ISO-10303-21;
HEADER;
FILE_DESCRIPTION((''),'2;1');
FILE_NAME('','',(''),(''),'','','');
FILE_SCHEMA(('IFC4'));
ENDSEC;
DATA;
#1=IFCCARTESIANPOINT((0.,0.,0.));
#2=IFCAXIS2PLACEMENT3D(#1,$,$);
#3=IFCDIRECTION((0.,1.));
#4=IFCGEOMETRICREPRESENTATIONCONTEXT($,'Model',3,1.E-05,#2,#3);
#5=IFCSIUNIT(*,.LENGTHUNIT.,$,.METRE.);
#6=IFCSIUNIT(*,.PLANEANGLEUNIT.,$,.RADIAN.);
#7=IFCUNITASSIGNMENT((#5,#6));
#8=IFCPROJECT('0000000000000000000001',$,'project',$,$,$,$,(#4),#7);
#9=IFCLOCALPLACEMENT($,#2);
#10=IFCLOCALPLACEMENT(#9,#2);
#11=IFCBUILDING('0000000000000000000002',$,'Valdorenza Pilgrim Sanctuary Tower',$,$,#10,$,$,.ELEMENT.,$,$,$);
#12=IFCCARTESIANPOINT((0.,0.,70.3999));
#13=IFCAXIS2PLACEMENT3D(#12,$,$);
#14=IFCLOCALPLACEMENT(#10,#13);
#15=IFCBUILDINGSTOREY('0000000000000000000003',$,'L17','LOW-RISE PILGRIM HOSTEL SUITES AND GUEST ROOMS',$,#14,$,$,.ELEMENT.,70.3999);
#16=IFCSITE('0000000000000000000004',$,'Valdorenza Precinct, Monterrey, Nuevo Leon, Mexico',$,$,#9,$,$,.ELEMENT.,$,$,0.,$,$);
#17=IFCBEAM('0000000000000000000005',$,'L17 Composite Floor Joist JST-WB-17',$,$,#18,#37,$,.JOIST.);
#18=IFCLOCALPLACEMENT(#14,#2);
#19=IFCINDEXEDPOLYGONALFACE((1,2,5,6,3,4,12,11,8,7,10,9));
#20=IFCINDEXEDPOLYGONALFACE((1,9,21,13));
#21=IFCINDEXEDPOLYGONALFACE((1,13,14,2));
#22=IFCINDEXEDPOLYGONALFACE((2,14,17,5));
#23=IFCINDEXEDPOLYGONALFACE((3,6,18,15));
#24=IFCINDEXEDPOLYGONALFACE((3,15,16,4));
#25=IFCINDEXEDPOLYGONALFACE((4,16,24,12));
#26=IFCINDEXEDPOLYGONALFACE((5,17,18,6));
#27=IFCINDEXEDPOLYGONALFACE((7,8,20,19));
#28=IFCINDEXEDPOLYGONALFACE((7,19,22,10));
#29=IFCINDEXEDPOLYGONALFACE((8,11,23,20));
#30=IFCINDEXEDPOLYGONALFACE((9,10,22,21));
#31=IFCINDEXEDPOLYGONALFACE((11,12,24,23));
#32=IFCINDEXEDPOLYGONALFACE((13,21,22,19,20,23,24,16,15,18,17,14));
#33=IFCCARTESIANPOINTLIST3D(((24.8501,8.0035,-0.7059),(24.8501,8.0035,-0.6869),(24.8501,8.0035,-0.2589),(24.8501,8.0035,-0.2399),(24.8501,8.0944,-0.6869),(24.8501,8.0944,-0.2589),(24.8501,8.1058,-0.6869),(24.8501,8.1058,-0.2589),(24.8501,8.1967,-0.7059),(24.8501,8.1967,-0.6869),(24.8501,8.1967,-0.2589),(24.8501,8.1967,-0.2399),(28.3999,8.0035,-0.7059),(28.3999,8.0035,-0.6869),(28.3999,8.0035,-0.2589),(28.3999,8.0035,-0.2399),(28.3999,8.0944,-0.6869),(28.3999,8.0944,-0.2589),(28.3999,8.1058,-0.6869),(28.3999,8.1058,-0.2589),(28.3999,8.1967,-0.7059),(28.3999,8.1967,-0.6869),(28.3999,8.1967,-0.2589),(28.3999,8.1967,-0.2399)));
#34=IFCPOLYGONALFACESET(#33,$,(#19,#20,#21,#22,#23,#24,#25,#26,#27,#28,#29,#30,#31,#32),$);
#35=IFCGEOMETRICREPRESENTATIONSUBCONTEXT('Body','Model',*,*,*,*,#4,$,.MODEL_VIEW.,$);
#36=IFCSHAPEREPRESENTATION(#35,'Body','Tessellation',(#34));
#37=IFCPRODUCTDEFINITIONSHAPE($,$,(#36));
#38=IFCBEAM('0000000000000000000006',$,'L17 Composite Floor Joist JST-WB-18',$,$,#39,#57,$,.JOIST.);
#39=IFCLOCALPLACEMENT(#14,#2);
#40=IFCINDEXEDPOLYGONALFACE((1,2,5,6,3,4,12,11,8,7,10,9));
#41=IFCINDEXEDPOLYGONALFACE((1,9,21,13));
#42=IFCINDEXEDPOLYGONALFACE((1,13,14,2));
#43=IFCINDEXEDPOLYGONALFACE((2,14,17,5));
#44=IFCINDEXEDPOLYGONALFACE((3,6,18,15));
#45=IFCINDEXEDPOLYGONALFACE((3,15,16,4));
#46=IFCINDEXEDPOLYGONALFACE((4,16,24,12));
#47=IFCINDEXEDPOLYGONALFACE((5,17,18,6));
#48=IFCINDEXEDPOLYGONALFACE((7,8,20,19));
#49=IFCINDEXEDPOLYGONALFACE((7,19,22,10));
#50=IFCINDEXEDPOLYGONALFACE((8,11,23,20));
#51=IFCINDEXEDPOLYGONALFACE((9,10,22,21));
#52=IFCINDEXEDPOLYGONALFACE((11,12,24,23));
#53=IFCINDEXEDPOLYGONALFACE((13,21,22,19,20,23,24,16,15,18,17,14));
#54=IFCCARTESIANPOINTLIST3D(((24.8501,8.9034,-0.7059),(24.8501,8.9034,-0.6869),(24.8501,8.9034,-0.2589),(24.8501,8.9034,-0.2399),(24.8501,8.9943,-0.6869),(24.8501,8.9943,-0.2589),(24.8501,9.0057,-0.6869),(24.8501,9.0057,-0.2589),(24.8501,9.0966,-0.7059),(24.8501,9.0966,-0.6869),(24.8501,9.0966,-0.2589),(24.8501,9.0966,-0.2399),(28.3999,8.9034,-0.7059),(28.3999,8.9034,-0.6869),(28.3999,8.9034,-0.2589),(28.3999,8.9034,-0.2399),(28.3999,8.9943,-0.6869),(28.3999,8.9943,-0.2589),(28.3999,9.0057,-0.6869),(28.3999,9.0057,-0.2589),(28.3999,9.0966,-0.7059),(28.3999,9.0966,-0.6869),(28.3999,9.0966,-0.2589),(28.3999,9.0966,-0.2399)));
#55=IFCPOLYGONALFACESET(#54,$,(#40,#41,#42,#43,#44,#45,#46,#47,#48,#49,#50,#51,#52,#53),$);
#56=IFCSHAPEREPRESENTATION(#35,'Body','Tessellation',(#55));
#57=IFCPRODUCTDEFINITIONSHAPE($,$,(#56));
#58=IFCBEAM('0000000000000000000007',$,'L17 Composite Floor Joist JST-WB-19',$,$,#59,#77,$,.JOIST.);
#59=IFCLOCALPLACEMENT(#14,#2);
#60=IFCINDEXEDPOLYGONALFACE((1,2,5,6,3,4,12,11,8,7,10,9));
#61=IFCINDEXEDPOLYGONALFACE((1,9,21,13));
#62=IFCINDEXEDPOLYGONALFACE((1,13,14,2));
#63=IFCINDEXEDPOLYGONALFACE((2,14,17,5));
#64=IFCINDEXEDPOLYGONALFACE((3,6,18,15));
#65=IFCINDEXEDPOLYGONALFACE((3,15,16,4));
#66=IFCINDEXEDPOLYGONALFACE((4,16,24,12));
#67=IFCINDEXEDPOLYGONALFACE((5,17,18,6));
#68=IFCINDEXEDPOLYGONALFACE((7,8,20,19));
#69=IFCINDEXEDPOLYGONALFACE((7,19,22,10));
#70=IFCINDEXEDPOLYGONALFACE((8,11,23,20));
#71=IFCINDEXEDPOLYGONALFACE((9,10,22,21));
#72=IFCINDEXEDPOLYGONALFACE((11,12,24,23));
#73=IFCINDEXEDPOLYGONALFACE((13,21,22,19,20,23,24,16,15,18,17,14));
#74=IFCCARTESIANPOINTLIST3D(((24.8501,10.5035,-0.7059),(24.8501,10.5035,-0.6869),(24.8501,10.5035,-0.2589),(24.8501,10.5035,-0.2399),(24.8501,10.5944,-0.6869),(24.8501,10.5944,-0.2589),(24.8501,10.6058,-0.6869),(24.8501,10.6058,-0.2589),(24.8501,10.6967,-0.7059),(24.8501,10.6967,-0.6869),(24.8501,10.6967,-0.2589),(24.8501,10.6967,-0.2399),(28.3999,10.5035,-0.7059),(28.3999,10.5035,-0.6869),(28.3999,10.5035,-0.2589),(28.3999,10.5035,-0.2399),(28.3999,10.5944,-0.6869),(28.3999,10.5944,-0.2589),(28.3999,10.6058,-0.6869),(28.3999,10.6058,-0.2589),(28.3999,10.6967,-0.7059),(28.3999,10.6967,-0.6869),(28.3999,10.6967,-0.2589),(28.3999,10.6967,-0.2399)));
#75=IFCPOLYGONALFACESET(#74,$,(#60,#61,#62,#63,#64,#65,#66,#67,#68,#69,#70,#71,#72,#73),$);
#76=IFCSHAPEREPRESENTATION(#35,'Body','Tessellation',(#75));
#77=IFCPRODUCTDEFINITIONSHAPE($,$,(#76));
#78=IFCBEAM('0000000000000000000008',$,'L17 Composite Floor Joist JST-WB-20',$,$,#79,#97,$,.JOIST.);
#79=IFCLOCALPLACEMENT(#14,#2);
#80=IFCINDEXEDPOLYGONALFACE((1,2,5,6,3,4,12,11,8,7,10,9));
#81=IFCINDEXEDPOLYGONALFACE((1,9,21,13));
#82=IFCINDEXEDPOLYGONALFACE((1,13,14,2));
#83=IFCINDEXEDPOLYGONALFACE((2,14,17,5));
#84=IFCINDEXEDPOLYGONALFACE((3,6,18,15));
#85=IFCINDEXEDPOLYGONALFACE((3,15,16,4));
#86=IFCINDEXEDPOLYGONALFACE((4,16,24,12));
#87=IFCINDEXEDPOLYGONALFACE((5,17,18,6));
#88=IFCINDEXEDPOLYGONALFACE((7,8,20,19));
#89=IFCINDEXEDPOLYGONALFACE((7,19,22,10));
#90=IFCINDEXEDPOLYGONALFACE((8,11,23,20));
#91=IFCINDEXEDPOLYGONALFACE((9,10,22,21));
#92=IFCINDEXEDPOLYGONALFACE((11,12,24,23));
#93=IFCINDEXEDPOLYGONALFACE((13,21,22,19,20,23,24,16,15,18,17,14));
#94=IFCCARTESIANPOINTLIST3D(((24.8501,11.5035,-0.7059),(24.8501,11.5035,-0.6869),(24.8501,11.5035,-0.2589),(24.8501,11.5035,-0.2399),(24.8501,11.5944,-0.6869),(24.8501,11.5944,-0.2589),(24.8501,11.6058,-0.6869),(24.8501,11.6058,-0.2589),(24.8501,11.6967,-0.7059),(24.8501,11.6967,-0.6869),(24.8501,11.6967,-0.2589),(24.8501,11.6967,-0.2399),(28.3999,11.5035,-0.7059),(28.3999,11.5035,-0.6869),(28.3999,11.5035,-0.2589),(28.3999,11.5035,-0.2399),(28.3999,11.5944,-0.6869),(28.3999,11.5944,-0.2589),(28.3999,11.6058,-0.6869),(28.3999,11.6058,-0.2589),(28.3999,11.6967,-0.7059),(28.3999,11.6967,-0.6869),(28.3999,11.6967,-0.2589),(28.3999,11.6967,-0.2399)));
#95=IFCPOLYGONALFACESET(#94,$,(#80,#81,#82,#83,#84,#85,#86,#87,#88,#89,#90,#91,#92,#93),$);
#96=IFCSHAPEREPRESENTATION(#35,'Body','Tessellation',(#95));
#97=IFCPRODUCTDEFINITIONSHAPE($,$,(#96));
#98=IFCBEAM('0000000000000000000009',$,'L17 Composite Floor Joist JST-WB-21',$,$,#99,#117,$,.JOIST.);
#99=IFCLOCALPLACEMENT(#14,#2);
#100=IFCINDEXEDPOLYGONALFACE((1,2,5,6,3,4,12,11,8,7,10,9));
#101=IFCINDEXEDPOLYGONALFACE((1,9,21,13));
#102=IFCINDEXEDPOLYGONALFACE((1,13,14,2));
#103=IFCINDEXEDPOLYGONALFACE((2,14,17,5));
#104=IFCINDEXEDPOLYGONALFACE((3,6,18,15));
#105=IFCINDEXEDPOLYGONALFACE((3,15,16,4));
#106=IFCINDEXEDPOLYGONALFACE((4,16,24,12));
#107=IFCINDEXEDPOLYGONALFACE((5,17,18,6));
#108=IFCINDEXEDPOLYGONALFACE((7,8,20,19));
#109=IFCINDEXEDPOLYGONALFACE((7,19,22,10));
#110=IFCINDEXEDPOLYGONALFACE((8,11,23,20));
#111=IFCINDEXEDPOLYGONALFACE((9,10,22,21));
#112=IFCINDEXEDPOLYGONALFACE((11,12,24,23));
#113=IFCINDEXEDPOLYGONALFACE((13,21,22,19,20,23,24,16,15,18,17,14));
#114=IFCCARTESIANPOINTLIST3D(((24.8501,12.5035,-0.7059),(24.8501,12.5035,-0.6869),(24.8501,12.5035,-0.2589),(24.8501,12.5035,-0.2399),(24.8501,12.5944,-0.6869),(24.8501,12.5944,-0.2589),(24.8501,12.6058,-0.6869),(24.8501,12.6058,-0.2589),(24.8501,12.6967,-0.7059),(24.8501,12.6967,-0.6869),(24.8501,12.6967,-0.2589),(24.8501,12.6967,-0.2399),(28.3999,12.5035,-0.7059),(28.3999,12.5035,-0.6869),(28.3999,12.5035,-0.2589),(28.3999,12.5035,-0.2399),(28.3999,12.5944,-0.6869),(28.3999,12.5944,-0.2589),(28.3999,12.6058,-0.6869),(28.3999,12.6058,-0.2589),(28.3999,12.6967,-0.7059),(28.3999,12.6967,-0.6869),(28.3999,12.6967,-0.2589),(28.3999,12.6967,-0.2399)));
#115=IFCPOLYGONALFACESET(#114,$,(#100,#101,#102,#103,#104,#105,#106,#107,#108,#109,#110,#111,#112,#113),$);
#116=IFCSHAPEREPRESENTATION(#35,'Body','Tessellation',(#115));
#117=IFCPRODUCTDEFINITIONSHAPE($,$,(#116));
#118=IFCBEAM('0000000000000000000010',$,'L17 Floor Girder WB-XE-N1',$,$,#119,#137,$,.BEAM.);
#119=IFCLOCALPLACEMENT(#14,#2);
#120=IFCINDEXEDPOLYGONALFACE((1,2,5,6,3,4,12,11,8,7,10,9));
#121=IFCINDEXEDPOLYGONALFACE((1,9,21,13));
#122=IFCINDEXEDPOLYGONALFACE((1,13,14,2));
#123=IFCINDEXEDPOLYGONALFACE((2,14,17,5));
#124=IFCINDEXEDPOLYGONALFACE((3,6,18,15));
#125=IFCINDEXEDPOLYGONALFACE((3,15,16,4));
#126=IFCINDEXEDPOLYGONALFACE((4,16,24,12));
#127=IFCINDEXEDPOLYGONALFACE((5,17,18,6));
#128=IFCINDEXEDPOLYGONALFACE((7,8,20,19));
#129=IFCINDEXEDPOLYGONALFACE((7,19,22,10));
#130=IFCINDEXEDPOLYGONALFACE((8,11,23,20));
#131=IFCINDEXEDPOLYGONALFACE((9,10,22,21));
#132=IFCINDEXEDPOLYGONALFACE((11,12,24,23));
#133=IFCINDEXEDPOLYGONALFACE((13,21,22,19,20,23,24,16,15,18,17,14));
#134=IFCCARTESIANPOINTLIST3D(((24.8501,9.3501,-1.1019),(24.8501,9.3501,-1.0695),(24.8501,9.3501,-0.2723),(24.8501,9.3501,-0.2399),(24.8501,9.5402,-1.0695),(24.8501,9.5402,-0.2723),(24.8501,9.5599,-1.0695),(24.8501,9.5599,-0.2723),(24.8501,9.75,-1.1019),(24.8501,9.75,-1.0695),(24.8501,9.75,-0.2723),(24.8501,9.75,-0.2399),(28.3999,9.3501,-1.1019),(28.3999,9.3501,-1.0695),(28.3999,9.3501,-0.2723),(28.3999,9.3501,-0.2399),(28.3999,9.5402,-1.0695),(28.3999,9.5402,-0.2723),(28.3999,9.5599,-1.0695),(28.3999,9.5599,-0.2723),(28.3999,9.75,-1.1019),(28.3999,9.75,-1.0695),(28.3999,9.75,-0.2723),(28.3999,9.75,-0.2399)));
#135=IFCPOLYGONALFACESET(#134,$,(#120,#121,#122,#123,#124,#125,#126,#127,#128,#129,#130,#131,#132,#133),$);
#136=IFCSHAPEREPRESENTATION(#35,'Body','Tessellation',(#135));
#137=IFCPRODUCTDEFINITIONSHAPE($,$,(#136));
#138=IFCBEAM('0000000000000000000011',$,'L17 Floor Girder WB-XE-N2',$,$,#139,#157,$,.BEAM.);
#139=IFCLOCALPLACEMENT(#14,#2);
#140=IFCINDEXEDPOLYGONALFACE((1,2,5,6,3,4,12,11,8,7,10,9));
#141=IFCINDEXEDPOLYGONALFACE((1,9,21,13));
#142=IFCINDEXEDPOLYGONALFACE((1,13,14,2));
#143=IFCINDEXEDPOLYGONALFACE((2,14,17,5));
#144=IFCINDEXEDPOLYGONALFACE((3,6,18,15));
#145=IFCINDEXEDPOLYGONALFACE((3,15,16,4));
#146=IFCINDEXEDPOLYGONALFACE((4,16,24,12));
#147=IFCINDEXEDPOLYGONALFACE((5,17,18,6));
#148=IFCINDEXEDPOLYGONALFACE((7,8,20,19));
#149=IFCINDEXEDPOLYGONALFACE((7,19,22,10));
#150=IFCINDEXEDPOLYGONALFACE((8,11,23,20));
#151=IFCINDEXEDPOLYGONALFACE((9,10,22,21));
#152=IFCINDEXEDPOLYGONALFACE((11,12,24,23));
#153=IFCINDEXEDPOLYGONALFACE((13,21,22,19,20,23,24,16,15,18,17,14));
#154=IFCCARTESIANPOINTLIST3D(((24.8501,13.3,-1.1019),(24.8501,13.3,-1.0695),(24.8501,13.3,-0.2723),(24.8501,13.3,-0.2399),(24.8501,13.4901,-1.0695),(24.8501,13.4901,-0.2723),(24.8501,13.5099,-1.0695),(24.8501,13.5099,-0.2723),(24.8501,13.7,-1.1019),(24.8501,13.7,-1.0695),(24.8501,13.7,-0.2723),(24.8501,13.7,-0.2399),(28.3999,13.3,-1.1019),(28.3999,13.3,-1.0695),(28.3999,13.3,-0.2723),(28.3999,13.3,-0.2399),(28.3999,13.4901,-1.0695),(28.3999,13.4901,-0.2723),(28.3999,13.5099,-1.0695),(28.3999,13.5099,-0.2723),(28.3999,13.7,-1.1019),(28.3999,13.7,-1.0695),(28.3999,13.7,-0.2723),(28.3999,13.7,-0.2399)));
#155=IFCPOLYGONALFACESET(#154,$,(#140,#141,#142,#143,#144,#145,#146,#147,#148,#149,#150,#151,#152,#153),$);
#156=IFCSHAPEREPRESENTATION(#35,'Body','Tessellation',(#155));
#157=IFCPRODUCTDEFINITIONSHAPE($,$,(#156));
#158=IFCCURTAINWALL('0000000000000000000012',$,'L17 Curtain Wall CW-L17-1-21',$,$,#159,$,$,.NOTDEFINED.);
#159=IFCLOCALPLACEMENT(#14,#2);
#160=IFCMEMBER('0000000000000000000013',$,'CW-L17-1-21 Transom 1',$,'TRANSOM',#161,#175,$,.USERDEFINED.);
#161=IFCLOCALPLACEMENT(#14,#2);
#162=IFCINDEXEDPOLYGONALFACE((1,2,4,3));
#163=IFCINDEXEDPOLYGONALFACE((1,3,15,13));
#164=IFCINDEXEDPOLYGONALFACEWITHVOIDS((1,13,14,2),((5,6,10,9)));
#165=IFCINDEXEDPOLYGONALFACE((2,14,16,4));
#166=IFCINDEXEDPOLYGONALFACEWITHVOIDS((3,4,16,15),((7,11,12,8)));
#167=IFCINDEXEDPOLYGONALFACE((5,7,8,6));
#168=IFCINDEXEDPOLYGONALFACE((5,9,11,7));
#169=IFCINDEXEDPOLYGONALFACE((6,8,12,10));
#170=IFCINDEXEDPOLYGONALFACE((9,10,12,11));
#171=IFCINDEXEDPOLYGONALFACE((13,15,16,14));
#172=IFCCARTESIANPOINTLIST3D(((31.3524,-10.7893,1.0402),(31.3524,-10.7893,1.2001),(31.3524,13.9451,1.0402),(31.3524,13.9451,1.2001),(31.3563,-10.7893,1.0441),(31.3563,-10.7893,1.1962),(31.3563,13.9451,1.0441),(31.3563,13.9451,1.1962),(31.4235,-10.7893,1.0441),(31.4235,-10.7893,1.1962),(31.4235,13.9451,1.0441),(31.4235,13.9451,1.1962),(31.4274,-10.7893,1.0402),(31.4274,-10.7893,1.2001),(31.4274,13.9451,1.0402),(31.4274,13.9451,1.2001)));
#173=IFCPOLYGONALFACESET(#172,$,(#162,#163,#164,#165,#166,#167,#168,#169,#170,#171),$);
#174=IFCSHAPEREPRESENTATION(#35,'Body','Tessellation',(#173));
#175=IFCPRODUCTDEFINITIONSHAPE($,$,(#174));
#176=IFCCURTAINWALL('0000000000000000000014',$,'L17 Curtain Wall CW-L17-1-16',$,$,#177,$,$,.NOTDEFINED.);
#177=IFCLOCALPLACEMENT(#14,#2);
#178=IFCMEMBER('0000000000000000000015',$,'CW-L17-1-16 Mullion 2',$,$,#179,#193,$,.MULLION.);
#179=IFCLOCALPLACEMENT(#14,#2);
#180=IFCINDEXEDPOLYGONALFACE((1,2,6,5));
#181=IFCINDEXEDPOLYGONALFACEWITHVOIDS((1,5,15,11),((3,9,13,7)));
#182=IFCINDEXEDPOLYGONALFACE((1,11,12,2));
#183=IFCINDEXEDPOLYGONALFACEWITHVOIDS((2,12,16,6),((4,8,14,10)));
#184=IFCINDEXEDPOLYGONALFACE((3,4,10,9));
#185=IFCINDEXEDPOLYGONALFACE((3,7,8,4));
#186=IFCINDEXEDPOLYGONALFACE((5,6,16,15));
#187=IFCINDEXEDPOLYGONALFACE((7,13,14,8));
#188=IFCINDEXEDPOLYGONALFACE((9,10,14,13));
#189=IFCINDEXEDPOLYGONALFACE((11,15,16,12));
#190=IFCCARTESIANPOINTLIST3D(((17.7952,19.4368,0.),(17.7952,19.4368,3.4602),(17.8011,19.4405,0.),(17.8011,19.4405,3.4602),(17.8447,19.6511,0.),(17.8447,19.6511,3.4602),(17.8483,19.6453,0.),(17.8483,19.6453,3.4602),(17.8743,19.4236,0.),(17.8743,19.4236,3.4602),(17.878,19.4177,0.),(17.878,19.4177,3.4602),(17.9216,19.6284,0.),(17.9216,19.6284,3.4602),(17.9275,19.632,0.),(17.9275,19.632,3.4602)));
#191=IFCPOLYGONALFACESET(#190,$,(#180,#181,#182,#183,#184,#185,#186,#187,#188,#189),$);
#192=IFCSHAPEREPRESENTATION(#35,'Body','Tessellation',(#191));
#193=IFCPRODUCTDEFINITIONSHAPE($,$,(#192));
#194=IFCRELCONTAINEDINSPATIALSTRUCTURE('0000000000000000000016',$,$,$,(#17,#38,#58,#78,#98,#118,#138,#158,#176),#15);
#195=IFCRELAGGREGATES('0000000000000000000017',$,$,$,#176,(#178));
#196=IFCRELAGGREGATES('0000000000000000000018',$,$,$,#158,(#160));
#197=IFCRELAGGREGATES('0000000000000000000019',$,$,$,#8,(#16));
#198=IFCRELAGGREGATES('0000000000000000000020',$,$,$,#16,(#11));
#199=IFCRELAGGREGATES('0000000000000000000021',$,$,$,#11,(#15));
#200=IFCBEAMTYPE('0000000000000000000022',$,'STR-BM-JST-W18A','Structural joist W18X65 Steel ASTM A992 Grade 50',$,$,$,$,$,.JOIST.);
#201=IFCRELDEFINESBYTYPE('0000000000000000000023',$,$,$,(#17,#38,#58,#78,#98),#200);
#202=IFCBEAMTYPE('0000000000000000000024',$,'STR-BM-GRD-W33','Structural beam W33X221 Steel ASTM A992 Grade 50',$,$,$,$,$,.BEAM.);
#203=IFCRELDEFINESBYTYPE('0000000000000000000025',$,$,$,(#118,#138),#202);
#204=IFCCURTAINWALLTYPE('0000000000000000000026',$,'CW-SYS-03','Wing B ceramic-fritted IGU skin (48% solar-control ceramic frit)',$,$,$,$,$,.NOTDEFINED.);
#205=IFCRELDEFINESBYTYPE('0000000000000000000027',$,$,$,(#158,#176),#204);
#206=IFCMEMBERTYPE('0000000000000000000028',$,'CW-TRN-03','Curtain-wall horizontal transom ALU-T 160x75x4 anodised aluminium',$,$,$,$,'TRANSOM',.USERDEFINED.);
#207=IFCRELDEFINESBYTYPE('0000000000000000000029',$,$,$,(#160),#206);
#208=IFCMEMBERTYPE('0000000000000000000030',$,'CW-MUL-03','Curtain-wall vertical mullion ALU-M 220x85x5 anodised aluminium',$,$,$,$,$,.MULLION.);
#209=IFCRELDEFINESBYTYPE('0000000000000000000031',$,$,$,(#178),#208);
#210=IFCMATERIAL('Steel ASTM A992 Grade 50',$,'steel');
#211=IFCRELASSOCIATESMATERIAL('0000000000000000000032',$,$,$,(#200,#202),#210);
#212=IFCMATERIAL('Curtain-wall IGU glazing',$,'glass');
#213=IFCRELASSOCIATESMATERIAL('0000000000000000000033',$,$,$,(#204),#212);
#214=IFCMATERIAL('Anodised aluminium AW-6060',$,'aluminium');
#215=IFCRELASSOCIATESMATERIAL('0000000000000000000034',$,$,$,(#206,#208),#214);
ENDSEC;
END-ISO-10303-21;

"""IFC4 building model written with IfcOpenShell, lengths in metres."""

from ifc_helpers import new_model, si_unit, direction, frame, origin, origin_2d, place, context, subcontext, project, spatial, hollow_rectangle, i_section, extrude, source, transform, mapped, material, material_profile, profile_set, type_object, element, aggregate, save


model = new_model("IFC4")

# Units and contexts
model_context = context("Model", 3, precision=1e-05, world=origin(), true_north=direction((0.0, 1.0)))
body_context = subcontext(model_context, "Body", "Model", "MODEL_VIEW")
ifc_project = project(units=[si_unit("LENGTHUNIT", "METRE"), si_unit("PLANEANGLEUNIT", "RADIAN")], contexts=[model_context])

# Site, building, storey
site_placement = place(None, origin())
site = spatial("IfcSite", under=ifc_project, at=site_placement, Name="Valdorenza Precinct, Monterrey, Nuevo Leon, Mexico", CompositionType="ELEMENT", RefElevation=0.0)
building_placement = place(site_placement, origin())
building = spatial("IfcBuilding", under=site, at=building_placement, Name="Valdorenza Pilgrim Sanctuary Tower", CompositionType="ELEMENT")
storey_placement = place(building_placement, frame((0.0, 0.0, 70.3999)))
storey = spatial("IfcBuildingStorey", under=building, at=storey_placement, Name="L17", Description="LOW-RISE PILGRIM HOSTEL SUITES AND GUEST ROOMS", CompositionType="ELEMENT", Elevation=70.3999)

# Beams
ifc_material_1 = material(Name="Steel ASTM A992 Grade 50", Category="steel")
ifc_material_profile_1 = material_profile(ifc_material_1, i_section(OverallWidth=0.1931, OverallDepth=0.4661, WebThickness=0.0115, FlangeThickness=0.019, at=origin_2d()), Name="W18X65")
ifc_profile_set_1 = profile_set([ifc_material_profile_1], Name="Steel ASTM A992 Grade 50")
beam_type_1 = type_object("IfcBeamType", Name="STR-BM-JST-W18A", Description="Structural joist W18X65 Steel ASTM A992 Grade 50", PredefinedType="JOIST", material=ifc_profile_set_1)
shared_shape_1 = source(origin(), body_context, "Body", "SweptSolid", [
    extrude(i_section(OverallWidth=0.1931, OverallDepth=0.4661, WebThickness=0.0115, FlangeThickness=0.019, at=origin_2d()), origin(), (0.0, 0.0, 1.0), 3.5498),
])
for number, where, z_axis, x_axis, name in (
    (1, (24.8501, 8.1001, -0.4729), (1.0, 0.0, 0.0), (0.0, 1.0, 0.0), "L17 Composite Floor Joist JST-WB-17"),
    (2, (24.8501, 9.0, -0.4729), (1.0, 0.0, 0.0), (0.0, 1.0, 0.0), "L17 Composite Floor Joist JST-WB-18"),
    (3, (24.8501, 10.6001, -0.4729), (1.0, 0.0, 0.0), (0.0, 1.0, 0.0), "L17 Composite Floor Joist JST-WB-19"),
    (4, (24.8501, 11.6001, -0.4729), (1.0, 0.0, 0.0), (0.0, 1.0, 0.0), "L17 Composite Floor Joist JST-WB-20"),
    (5, (24.8501, 12.6001, -0.4729), (1.0, 0.0, 0.0), (0.0, 1.0, 0.0), "L17 Composite Floor Joist JST-WB-21"),
):
    element("IfcBeam", number, at=place(storey_placement, frame(where, z_axis=z_axis, x_axis=x_axis)), inside=storey, type_object=beam_type_1, Name=name, PredefinedType="JOIST", context=body_context, shape_type="MappedRepresentation", body=[
        mapped(shared_shape_1, transform((0.0, 0.0, 0.0), x_axis=(1.0, 0.0, 0.0), y_axis=(0.0, 1.0, 0.0), z_axis=(0.0, 0.0, 1.0), scale=1.0)),
    ])
ifc_material_profile_2 = material_profile(ifc_material_1, i_section(OverallWidth=0.3999, OverallDepth=0.8621, WebThickness=0.0198, FlangeThickness=0.0325, at=origin_2d()), Name="W33X221")
ifc_profile_set_2 = profile_set([ifc_material_profile_2], Name="Steel ASTM A992 Grade 50")
beam_type_2 = type_object("IfcBeamType", Name="STR-BM-GRD-W33", Description="Structural beam W33X221 Steel ASTM A992 Grade 50", PredefinedType="BEAM", material=ifc_profile_set_2)
shared_shape_2 = source(origin(), body_context, "Body", "SweptSolid", [
    extrude(i_section(OverallWidth=0.3999, OverallDepth=0.8621, WebThickness=0.0198, FlangeThickness=0.0325, at=origin_2d()), origin(), (0.0, 0.0, 1.0), 3.5498),
])
for number, where, z_axis, x_axis, name in (
    (6, (24.8501, 9.55, -0.6709), (1.0, 0.0, 0.0), (0.0, 1.0, 0.0), "L17 Floor Girder WB-XE-N1"),
    (7, (24.8501, 13.5, -0.6709), (1.0, 0.0, 0.0), (0.0, 1.0, 0.0), "L17 Floor Girder WB-XE-N2"),
):
    element("IfcBeam", number, at=place(storey_placement, frame(where, z_axis=z_axis, x_axis=x_axis)), inside=storey, type_object=beam_type_2, Name=name, PredefinedType="BEAM", context=body_context, shape_type="MappedRepresentation", body=[
        mapped(shared_shape_2, transform((0.0, 0.0, 0.0), x_axis=(1.0, 0.0, 0.0), y_axis=(0.0, 1.0, 0.0), z_axis=(0.0, 0.0, 1.0), scale=1.0)),
    ])

# Curtain wall, member
ifc_material_2 = material(Name="Curtain-wall IGU glazing", Category="glass")
curtain_wall_type = type_object("IfcCurtainWallType", Name="CW-SYS-03", Description="Wing B ceramic-fritted IGU skin (48% solar-control ceramic frit)", PredefinedType="NOTDEFINED", material=ifc_material_2)
curtain_wall_1_placement = place(storey_placement, origin())
curtain_wall_1 = element("IfcCurtainWall", 8, at=curtain_wall_1_placement, inside=storey, type_object=curtain_wall_type, Name="L17 Curtain Wall CW-L17-1-21", PredefinedType="NOTDEFINED")
ifc_material_3 = material(Name="Anodised aluminium AW-6060", Category="aluminium")
ifc_material_profile_3 = material_profile(ifc_material_3, hollow_rectangle(XDim=0.075, YDim=0.1599, WallThickness=0.0039, at=origin_2d()), Name="ALU-T 160x75x4")
ifc_profile_set_3 = profile_set([ifc_material_profile_3], Name="Anodised aluminium AW-6060")
member_type_1 = type_object("IfcMemberType", Name="CW-TRN-03", Description="Curtain-wall horizontal transom ALU-T 160x75x4 anodised aluminium", ElementType="TRANSOM", PredefinedType="USERDEFINED", material=ifc_profile_set_3)
shared_shape_3 = source(origin(), body_context, "Body", "SweptSolid", [
    extrude(hollow_rectangle(XDim=0.075, YDim=0.1599, WallThickness=0.0039, at=origin_2d()), origin(), (0.0, 0.0, 1.0), 24.7344),
])
member_1_placement = place(storey_placement, frame((31.3899, 13.9451, 1.1201), z_axis=(0.0, -1.0, 0.0), x_axis=(1.0, 0.0, 0.0)))
member_1 = element("IfcMember", 9, at=member_1_placement, type_object=member_type_1, Name="CW-L17-1-21 Transom 1", ObjectType="TRANSOM", PredefinedType="USERDEFINED", context=body_context, shape_type="MappedRepresentation", body=[
    mapped(shared_shape_3, transform((0.0, 0.0, 0.0), x_axis=(1.0, 0.0, 0.0), y_axis=(0.0, 1.0, 0.0), z_axis=(0.0, 0.0, 1.0), scale=1.0)),
])

# Curtain wall, member
curtain_wall_2_placement = place(storey_placement, origin())
curtain_wall_2 = element("IfcCurtainWall", 10, at=curtain_wall_2_placement, inside=storey, type_object=curtain_wall_type, Name="L17 Curtain Wall CW-L17-1-16", PredefinedType="NOTDEFINED")
ifc_material_profile_4 = material_profile(ifc_material_3, hollow_rectangle(XDim=0.085, YDim=0.22, WallThickness=0.0049, at=origin_2d()), Name="ALU-M 220x85x5")
ifc_profile_set_4 = profile_set([ifc_material_profile_4], Name="Anodised aluminium AW-6060")
member_type_2 = type_object("IfcMemberType", Name="CW-MUL-03", Description="Curtain-wall vertical mullion ALU-M 220x85x5 anodised aluminium", PredefinedType="MULLION", material=ifc_profile_set_4)
shared_shape_4 = source(origin(), body_context, "Body", "SweptSolid", [
    extrude(hollow_rectangle(XDim=0.085, YDim=0.22, WallThickness=0.0049, at=origin_2d()), origin(), (0.0, 0.0, 1.0), 3.4602),
])
member_2_placement = place(storey_placement, frame((17.8613, 19.5344, 0.0), z_axis=(0.0, 0.0, 1.0), x_axis=(0.97439, -0.224866, 0.0)))
member_2 = element("IfcMember", 11, at=member_2_placement, type_object=member_type_2, Name="CW-L17-1-16 Mullion 2", PredefinedType="MULLION", context=body_context, shape_type="MappedRepresentation", body=[
    mapped(shared_shape_4, transform((0.0, 0.0, 0.0), x_axis=(1.0, 0.0, 0.0), y_axis=(0.0, 1.0, 0.0), z_axis=(0.0, 0.0, 1.0), scale=1.0)),
])

aggregate(curtain_wall_2, [member_2])
aggregate(curtain_wall_1, [member_1])

save(model, "model.ifc")
